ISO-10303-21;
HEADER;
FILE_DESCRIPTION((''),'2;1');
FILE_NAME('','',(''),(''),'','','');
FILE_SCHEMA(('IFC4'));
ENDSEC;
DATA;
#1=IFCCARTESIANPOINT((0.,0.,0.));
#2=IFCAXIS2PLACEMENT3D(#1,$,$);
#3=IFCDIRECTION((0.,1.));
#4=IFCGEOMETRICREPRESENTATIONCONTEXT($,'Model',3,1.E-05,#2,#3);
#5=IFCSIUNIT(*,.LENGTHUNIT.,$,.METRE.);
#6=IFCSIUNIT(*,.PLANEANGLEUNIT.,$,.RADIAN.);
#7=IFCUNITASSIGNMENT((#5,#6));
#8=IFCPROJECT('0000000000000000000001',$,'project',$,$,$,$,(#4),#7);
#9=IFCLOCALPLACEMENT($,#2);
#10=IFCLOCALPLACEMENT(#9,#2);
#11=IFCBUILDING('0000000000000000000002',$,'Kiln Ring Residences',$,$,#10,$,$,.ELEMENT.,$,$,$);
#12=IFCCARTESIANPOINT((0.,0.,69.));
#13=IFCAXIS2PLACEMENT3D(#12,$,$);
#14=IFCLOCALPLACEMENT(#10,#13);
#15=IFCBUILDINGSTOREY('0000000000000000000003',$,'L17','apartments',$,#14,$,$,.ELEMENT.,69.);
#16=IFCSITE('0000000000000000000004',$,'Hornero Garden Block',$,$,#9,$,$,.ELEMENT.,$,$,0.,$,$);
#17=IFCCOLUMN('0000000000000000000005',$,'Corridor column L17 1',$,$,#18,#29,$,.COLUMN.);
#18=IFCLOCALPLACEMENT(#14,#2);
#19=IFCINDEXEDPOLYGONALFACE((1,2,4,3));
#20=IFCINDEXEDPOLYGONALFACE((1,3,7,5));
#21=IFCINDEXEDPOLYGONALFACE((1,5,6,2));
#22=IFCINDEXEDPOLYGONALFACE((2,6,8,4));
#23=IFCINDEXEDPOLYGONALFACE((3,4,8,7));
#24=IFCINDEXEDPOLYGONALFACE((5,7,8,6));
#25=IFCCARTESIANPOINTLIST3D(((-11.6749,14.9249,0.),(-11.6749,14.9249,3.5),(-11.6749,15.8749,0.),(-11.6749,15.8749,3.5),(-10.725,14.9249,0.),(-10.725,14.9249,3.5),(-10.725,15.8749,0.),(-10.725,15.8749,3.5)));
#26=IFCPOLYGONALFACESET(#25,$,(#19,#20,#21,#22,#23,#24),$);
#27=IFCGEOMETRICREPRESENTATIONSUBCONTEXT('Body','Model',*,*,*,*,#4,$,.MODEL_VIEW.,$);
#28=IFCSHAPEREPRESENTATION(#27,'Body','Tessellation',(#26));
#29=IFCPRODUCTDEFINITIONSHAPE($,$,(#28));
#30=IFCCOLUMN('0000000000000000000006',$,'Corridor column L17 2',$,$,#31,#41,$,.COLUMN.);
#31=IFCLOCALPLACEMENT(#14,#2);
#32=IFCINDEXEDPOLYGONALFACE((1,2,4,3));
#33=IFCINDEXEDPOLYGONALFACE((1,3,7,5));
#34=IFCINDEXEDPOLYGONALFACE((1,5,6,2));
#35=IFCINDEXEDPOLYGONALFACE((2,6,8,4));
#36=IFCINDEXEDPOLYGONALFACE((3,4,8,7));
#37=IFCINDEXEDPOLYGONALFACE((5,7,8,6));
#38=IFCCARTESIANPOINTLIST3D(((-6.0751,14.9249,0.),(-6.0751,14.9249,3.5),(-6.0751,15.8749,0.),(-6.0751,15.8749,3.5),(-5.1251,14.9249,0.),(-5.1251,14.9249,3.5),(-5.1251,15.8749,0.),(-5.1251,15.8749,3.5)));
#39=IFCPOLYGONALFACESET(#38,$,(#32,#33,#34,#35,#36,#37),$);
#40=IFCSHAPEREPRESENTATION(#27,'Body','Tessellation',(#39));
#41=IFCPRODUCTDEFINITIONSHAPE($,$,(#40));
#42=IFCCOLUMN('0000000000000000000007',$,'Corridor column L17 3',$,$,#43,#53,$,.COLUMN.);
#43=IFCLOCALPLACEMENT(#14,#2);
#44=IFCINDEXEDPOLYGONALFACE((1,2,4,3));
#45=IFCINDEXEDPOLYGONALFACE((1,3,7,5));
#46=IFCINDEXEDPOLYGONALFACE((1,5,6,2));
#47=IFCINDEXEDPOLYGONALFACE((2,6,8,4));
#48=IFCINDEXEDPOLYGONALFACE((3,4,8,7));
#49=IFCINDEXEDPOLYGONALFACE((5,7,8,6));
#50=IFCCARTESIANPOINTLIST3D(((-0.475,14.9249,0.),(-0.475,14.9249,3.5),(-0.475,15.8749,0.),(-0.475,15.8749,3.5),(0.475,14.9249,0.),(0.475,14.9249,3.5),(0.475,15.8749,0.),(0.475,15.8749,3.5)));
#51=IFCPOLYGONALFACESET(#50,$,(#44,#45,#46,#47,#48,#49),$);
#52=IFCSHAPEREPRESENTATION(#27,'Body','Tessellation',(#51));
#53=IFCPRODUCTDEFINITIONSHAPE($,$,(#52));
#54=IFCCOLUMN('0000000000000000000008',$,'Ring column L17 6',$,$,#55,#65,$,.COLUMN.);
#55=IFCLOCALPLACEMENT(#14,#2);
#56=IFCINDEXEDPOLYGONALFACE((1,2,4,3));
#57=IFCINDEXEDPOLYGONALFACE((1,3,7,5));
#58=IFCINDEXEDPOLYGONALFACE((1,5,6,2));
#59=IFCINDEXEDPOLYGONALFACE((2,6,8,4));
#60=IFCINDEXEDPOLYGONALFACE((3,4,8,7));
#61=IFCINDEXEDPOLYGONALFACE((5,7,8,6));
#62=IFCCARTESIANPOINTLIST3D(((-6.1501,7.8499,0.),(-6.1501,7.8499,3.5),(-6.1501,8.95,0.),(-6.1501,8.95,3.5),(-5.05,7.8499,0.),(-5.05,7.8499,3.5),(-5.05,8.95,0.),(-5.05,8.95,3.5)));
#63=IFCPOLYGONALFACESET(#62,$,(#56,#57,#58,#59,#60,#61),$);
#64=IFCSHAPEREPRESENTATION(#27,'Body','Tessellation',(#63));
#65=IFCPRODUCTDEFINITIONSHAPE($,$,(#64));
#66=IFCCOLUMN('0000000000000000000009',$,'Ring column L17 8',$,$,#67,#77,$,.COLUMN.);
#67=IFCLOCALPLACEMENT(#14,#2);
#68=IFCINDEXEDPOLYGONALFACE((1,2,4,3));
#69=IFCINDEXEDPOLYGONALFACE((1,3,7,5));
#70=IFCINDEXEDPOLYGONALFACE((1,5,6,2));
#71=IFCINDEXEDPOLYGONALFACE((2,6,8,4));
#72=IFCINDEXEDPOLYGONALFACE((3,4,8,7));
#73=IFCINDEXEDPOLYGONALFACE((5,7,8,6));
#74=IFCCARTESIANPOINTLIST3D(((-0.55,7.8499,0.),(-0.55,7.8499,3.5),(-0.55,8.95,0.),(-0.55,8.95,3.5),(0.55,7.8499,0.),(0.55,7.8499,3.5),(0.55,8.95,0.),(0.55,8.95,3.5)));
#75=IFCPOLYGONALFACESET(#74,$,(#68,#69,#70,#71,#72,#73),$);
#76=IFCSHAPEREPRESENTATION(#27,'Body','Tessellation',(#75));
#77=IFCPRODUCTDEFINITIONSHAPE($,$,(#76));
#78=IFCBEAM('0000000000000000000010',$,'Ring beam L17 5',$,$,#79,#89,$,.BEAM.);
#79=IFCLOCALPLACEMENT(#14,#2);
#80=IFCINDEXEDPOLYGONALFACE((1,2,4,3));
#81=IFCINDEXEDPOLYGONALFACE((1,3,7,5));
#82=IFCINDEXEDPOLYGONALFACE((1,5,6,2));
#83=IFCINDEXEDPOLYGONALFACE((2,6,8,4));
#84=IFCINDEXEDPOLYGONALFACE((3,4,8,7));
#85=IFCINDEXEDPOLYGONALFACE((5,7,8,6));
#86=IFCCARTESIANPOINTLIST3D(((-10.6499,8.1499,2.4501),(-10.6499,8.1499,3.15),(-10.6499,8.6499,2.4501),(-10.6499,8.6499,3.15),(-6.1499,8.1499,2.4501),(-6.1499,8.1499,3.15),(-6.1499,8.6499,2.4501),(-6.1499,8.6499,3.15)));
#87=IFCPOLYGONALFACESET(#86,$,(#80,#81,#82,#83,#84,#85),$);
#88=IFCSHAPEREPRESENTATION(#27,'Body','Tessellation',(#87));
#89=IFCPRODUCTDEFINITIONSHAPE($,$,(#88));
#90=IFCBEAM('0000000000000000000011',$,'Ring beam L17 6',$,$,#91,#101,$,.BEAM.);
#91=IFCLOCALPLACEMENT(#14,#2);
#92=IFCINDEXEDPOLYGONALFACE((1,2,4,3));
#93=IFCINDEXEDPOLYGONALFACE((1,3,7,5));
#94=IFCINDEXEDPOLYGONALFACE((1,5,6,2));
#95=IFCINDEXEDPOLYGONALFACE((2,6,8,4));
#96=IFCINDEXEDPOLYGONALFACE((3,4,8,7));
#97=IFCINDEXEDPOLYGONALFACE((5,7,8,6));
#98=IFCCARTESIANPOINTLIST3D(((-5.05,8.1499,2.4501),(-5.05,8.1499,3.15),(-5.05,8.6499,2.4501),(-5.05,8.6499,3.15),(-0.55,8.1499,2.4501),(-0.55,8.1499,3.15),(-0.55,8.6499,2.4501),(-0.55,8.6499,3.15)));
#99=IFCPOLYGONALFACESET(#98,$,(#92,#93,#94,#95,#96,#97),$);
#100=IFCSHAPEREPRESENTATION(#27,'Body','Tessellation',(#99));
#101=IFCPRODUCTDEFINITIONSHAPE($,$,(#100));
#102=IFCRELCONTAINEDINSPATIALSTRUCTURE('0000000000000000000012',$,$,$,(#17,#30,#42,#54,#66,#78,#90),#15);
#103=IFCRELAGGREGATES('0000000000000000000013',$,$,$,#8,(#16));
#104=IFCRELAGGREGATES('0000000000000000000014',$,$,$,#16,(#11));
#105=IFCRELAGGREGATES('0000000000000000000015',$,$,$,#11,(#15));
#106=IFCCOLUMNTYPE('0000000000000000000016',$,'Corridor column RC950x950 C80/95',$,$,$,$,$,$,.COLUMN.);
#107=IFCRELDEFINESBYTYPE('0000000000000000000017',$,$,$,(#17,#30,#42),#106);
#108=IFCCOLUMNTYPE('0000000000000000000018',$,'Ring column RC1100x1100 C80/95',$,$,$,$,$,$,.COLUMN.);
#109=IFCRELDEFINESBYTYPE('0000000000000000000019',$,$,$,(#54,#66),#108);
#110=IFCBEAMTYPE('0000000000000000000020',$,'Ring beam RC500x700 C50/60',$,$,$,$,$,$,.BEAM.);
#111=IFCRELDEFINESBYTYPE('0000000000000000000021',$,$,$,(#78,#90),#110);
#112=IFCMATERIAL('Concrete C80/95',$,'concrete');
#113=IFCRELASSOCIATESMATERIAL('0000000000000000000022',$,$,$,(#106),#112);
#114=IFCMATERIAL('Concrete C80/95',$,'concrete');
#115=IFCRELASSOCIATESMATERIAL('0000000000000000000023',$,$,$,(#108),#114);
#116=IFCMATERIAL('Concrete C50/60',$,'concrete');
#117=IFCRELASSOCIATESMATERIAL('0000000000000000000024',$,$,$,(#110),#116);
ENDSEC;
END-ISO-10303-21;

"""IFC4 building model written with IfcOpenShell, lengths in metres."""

from ifc_helpers import new_model, si_unit, direction, frame, origin, origin_2d, place, context, subcontext, project, spatial, rectangle, extrude, material, material_profile, profile_set, type_object, element, save


model = new_model("IFC4")

# Units and contexts
model_context = context("Model", 3, precision=1e-05, world=origin(), true_north=direction((0.0, 1.0)))
body_context = subcontext(model_context, "Body", "Model", "MODEL_VIEW")
ifc_project = project(units=[si_unit("LENGTHUNIT", "METRE"), si_unit("PLANEANGLEUNIT", "RADIAN")], contexts=[model_context])

# Site, building, storey
site_placement = place(None, origin())
site = spatial("IfcSite", under=ifc_project, at=site_placement, Name="Hornero Garden Block", CompositionType="ELEMENT", RefElevation=0.0)
building_placement = place(site_placement, origin())
building = spatial("IfcBuilding", under=site, at=building_placement, Name="Kiln Ring Residences", CompositionType="ELEMENT")
storey_placement = place(building_placement, frame((0.0, 0.0, 69.0)))
storey = spatial("IfcBuildingStorey", under=building, at=storey_placement, Name="L17", Description="apartments", CompositionType="ELEMENT", Elevation=69.0)

# Columns
ifc_material_1 = material(Name="Concrete C80/95", Category="concrete")
ifc_material_profile_1 = material_profile(ifc_material_1, rectangle(XDim=0.95, YDim=0.95, at=origin_2d()), Name="RC950x950")
ifc_profile_set_1 = profile_set([ifc_material_profile_1], Name="Concrete C80/95")
column_type_1 = type_object("IfcColumnType", Name="Corridor column RC950x950 C80/95", PredefinedType="COLUMN", material=ifc_profile_set_1)
for number, where, z_axis, x_axis, name in (
    (1, (-11.2, 15.3999, 0.0), (0.0, 0.0, 1.0), (1.0, 0.0, 0.0), "Corridor column L17 1"),
    (2, (-5.6001, 15.3999, 0.0), (0.0, 0.0, 1.0), (1.0, 0.0, 0.0), "Corridor column L17 2"),
    (3, (0.0, 15.3999, 0.0), (0.0, 0.0, 1.0), (1.0, 0.0, 0.0), "Corridor column L17 3"),
):
    element("IfcColumn", number, at=place(storey_placement, frame(where, z_axis=z_axis, x_axis=x_axis)), inside=storey, type_object=column_type_1, Name=name, PredefinedType="COLUMN", context=body_context, shape_type="SweptSolid", body=[
        extrude(rectangle(XDim=0.95, YDim=0.95, at=origin_2d()), origin(), (0.0, 0.0, 1.0), 3.5),
    ])
ifc_material_2 = material(Name="Concrete C80/95", Category="concrete")
ifc_material_profile_2 = material_profile(ifc_material_2, rectangle(XDim=1.1001, YDim=1.1001, at=origin_2d()), Name="RC1100x1100")
ifc_profile_set_2 = profile_set([ifc_material_profile_2], Name="Concrete C80/95")
column_type_2 = type_object("IfcColumnType", Name="Ring column RC1100x1100 C80/95", PredefinedType="COLUMN", material=ifc_profile_set_2)
for number, where, z_axis, x_axis, name in (
    (4, (-5.6001, 8.3999, 0.0), (0.0, 0.0, 1.0), (1.0, 0.0, 0.0), "Ring column L17 6"),
    (5, (0.0, 8.3999, 0.0), (0.0, 0.0, 1.0), (1.0, 0.0, 0.0), "Ring column L17 8"),
):
    element("IfcColumn", number, at=place(storey_placement, frame(where, z_axis=z_axis, x_axis=x_axis)), inside=storey, type_object=column_type_2, Name=name, PredefinedType="COLUMN", context=body_context, shape_type="SweptSolid", body=[
        extrude(rectangle(XDim=1.1001, YDim=1.1001, at=origin_2d()), origin(), (0.0, 0.0, 1.0), 3.5),
    ])

# Beams
ifc_material_3 = material(Name="Concrete C50/60", Category="concrete")
ifc_material_profile_3 = material_profile(ifc_material_3, rectangle(XDim=0.5, YDim=0.7, at=origin_2d()), Name="RC500x700")
ifc_profile_set_3 = profile_set([ifc_material_profile_3], Name="Concrete C50/60")
beam_type = type_object("IfcBeamType", Name="Ring beam RC500x700 C50/60", PredefinedType="BEAM", material=ifc_profile_set_3)
for number, where, z_axis, x_axis, name in (
    (6, (-10.6499, 8.3999, 2.8), (1.0, 0.0, 0.0), (0.0, 1.0, 0.0), "Ring beam L17 5"),
    (7, (-5.05, 8.3999, 2.8), (1.0, 0.0, 0.0), (0.0, 1.0, 0.0), "Ring beam L17 6"),
):
    element("IfcBeam", number, at=place(storey_placement, frame(where, z_axis=z_axis, x_axis=x_axis)), inside=storey, type_object=beam_type, Name=name, PredefinedType="BEAM", context=body_context, shape_type="SweptSolid", body=[
        extrude(rectangle(XDim=0.5, YDim=0.7, at=origin_2d()), origin(), (0.0, 0.0, 1.0), 4.5),
    ])

save(model, "model.ifc")
